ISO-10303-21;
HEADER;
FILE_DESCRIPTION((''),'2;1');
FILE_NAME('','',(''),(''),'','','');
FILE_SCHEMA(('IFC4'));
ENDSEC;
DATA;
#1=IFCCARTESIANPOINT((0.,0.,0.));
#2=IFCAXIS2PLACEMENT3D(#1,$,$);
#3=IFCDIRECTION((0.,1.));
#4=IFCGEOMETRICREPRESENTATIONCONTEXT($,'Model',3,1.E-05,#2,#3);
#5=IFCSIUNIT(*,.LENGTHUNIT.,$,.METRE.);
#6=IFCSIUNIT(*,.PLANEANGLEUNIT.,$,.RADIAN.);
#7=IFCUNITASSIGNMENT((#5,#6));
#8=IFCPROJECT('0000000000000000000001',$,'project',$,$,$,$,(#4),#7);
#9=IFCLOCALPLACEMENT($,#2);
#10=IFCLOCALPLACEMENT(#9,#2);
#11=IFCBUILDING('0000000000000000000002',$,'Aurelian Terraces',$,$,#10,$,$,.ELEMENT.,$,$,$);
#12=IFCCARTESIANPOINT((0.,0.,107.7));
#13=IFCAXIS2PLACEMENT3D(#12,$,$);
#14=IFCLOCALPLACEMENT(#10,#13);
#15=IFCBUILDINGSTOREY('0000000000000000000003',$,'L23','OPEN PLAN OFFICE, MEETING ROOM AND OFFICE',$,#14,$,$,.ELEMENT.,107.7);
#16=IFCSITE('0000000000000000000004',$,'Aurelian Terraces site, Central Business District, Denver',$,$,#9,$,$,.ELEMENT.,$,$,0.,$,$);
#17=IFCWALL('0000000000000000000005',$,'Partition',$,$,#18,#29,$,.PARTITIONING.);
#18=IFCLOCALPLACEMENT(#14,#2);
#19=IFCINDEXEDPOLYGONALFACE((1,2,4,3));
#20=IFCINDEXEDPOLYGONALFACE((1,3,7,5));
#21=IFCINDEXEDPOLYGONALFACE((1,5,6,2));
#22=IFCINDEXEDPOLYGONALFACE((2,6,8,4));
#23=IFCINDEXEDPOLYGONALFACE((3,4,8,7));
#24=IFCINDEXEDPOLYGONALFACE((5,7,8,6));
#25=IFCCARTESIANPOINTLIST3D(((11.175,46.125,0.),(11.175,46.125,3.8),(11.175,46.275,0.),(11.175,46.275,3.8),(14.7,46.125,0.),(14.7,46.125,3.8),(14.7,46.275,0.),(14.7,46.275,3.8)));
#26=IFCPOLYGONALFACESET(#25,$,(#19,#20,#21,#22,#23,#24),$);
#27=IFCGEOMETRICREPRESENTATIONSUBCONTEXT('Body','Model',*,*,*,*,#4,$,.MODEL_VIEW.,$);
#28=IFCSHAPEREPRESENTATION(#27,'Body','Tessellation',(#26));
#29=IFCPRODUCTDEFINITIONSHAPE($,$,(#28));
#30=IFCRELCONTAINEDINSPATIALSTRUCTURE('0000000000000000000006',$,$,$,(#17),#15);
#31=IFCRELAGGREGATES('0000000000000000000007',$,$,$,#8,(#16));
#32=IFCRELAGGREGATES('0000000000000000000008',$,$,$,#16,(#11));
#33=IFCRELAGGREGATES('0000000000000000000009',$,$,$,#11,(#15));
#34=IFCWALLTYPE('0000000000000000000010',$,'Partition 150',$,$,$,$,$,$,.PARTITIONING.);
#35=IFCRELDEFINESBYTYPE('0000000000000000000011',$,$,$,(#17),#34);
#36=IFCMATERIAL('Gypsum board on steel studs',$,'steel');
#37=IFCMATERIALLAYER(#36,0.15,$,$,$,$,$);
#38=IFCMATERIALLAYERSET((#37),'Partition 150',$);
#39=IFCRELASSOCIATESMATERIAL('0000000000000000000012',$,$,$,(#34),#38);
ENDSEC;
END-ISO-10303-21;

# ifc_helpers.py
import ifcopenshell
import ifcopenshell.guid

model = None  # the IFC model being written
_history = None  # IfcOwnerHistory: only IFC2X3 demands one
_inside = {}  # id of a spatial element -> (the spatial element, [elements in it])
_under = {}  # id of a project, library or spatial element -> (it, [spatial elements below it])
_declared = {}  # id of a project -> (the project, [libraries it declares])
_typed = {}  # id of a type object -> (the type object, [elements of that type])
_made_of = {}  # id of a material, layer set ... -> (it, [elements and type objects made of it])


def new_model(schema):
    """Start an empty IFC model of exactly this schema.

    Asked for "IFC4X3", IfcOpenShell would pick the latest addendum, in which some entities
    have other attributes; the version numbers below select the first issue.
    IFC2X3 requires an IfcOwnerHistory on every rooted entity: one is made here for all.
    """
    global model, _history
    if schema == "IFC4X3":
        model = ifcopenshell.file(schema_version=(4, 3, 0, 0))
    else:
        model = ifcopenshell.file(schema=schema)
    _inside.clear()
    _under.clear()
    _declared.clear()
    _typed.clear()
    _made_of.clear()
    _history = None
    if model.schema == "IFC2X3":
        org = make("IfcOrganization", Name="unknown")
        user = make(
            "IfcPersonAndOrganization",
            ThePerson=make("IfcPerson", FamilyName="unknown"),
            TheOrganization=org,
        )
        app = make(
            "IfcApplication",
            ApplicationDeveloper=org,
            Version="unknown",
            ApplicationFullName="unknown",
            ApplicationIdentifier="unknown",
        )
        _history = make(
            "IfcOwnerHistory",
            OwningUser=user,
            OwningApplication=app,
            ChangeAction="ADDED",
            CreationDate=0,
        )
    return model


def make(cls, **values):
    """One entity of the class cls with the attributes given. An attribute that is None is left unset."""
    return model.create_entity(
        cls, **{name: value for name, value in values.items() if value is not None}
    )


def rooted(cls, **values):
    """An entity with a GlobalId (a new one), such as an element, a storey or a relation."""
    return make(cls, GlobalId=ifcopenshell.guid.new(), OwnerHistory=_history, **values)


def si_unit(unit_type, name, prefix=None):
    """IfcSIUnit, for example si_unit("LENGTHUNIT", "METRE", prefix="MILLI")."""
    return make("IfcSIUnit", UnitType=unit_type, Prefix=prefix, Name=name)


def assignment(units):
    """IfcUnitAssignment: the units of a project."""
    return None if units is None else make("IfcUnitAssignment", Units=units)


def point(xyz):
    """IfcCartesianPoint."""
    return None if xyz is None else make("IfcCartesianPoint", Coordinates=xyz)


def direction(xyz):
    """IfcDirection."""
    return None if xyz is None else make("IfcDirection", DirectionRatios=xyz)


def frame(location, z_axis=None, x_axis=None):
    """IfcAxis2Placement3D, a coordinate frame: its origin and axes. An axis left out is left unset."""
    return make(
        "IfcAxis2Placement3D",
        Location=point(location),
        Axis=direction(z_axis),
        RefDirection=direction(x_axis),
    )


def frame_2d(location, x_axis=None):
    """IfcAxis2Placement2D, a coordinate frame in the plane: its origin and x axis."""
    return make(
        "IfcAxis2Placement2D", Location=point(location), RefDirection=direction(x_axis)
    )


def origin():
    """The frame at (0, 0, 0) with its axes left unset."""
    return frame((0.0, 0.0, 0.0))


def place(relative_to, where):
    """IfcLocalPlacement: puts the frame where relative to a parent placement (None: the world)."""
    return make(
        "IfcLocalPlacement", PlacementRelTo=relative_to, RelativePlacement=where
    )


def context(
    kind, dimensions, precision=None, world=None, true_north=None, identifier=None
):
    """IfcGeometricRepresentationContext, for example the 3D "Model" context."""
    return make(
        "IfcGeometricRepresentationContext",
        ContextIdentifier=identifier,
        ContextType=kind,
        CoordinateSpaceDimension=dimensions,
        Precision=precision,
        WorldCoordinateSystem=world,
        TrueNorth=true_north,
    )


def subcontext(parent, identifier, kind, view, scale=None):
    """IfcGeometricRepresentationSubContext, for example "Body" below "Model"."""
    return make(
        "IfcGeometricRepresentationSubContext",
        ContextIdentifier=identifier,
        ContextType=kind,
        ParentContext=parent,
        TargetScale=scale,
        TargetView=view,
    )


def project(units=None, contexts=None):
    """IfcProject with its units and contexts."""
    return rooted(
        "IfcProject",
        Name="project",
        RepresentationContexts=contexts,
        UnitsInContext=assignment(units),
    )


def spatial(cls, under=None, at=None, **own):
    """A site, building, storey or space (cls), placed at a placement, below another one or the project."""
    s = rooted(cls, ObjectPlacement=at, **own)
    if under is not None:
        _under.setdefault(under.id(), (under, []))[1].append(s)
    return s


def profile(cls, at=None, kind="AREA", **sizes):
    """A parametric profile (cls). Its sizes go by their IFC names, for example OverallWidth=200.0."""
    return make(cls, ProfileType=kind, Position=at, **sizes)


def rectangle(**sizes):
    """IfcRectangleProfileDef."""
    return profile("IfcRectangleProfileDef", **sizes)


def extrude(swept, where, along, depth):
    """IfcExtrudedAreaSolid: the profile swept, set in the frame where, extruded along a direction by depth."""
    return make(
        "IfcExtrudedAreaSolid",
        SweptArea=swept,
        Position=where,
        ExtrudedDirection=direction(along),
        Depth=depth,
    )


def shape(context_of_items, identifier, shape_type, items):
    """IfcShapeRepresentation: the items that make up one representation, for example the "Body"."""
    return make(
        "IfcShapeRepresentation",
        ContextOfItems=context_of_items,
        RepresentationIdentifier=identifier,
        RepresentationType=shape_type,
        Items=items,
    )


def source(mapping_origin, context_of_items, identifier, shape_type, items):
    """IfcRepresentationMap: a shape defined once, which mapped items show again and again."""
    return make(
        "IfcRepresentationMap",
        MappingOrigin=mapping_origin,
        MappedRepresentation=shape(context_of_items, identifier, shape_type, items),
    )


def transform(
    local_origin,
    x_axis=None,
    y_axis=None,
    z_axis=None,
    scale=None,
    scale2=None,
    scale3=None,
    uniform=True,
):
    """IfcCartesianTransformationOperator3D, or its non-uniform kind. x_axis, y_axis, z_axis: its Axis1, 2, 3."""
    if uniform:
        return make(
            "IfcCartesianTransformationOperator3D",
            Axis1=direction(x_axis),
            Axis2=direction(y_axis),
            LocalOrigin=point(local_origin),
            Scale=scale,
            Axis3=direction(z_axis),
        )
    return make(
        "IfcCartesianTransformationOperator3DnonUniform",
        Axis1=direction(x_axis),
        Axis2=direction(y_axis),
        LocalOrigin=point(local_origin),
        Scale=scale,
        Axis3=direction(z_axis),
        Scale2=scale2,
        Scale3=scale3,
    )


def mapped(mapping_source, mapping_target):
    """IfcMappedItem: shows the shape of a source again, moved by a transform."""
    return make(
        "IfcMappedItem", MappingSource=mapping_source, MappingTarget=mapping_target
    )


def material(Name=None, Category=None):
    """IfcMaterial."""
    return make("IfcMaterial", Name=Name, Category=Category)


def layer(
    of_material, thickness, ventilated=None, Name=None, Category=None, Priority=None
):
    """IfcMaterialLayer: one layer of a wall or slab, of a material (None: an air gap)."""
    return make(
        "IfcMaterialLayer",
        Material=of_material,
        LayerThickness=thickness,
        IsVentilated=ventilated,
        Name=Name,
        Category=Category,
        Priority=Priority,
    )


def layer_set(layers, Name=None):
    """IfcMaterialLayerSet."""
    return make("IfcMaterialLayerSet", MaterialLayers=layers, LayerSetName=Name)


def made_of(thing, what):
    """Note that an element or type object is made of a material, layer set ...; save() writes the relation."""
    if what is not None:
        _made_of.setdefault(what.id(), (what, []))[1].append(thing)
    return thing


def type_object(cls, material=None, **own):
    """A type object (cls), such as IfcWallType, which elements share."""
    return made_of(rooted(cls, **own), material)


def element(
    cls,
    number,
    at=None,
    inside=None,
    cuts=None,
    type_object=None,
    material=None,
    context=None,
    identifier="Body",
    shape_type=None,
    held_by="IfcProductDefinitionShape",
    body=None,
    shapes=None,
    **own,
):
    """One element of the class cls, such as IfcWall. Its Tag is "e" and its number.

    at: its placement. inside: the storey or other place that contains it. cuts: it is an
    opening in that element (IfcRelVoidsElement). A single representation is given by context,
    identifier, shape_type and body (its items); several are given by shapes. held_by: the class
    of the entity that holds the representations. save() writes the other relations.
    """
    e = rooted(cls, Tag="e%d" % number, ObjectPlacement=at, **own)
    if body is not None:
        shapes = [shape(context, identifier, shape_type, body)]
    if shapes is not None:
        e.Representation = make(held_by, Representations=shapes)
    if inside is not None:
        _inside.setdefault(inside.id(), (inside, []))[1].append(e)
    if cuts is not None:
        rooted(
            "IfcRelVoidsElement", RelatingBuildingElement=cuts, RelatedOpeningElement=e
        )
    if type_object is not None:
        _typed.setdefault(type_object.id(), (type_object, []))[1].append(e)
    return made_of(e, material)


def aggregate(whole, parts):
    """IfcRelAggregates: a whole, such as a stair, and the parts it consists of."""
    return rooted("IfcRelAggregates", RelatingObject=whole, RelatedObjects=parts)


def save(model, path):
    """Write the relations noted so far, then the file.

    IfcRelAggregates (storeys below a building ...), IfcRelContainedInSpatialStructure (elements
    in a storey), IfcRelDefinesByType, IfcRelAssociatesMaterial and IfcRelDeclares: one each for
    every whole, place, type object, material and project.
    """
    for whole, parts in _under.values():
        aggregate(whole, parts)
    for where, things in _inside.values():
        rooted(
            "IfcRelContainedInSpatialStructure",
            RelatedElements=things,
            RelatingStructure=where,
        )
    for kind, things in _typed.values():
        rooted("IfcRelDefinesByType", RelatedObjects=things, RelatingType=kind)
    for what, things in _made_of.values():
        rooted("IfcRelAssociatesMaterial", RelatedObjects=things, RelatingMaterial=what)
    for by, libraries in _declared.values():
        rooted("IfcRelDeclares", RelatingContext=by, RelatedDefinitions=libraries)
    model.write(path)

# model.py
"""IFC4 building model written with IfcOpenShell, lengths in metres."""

from ifc_helpers import new_model, si_unit, direction, frame, frame_2d, origin, place, context, subcontext, project, spatial, rectangle, extrude, source, transform, mapped, material, layer, layer_set, type_object, element, save


model = new_model("IFC4")

# Units and contexts
model_context = context("Model", 3, precision=1e-05, world=origin(), true_north=direction((0.0, 1.0)))
body_context = subcontext(model_context, "Body", "Model", "MODEL_VIEW")
ifc_project = project(units=[si_unit("LENGTHUNIT", "METRE"), si_unit("PLANEANGLEUNIT", "RADIAN")], contexts=[model_context])

# Site, building, storey
site_placement = place(None, origin())
site = spatial("IfcSite", under=ifc_project, at=site_placement, Name="Aurelian Terraces site, Central Business District, Denver", CompositionType="ELEMENT", RefElevation=0.0)
building_placement = place(site_placement, origin())
building = spatial("IfcBuilding", under=site, at=building_placement, Name="Aurelian Terraces", CompositionType="ELEMENT")
storey_placement = place(building_placement, frame((0.0, 0.0, 107.7)))
storey = spatial("IfcBuildingStorey", under=building, at=storey_placement, Name="L23", Description="OPEN PLAN OFFICE, MEETING ROOM AND OFFICE", CompositionType="ELEMENT", Elevation=107.7)

# Shared definitions
ifc_material_1 = material(Name="Gypsum board on steel studs", Category="steel")
ifc_layer_1 = layer(ifc_material_1, 0.15)
ifc_layer_set_1 = layer_set([ifc_layer_1], Name="Partition 150")
wall_type_1 = type_object("IfcWallType", Name="Partition 150", PredefinedType="PARTITIONING", material=ifc_layer_set_1)

# Wall
shared_shape_1 = source(origin(), body_context, "Body", "SweptSolid", [
    extrude(rectangle(XDim=3.525, YDim=0.15, at=frame_2d((1.7625, 0.0))), origin(), (0.0, 0.0, 1.0), 3.8),
])
for number, where, z_axis, x_axis, name in (
    (1, (14.7, 46.2, 0.0), (0.0, 0.0, 1.0), (-1.0, 0.0, 0.0), "Partition"),
):
    element("IfcWall", number, at=place(storey_placement, frame(where, z_axis=z_axis, x_axis=x_axis)), inside=storey, type_object=wall_type_1, Name=name, PredefinedType="PARTITIONING", context=body_context, shape_type="MappedRepresentation", body=[
        mapped(shared_shape_1, transform((0.0, 0.0, 0.0), scale=1.0)),
    ])

save(model, "model.ifc")
